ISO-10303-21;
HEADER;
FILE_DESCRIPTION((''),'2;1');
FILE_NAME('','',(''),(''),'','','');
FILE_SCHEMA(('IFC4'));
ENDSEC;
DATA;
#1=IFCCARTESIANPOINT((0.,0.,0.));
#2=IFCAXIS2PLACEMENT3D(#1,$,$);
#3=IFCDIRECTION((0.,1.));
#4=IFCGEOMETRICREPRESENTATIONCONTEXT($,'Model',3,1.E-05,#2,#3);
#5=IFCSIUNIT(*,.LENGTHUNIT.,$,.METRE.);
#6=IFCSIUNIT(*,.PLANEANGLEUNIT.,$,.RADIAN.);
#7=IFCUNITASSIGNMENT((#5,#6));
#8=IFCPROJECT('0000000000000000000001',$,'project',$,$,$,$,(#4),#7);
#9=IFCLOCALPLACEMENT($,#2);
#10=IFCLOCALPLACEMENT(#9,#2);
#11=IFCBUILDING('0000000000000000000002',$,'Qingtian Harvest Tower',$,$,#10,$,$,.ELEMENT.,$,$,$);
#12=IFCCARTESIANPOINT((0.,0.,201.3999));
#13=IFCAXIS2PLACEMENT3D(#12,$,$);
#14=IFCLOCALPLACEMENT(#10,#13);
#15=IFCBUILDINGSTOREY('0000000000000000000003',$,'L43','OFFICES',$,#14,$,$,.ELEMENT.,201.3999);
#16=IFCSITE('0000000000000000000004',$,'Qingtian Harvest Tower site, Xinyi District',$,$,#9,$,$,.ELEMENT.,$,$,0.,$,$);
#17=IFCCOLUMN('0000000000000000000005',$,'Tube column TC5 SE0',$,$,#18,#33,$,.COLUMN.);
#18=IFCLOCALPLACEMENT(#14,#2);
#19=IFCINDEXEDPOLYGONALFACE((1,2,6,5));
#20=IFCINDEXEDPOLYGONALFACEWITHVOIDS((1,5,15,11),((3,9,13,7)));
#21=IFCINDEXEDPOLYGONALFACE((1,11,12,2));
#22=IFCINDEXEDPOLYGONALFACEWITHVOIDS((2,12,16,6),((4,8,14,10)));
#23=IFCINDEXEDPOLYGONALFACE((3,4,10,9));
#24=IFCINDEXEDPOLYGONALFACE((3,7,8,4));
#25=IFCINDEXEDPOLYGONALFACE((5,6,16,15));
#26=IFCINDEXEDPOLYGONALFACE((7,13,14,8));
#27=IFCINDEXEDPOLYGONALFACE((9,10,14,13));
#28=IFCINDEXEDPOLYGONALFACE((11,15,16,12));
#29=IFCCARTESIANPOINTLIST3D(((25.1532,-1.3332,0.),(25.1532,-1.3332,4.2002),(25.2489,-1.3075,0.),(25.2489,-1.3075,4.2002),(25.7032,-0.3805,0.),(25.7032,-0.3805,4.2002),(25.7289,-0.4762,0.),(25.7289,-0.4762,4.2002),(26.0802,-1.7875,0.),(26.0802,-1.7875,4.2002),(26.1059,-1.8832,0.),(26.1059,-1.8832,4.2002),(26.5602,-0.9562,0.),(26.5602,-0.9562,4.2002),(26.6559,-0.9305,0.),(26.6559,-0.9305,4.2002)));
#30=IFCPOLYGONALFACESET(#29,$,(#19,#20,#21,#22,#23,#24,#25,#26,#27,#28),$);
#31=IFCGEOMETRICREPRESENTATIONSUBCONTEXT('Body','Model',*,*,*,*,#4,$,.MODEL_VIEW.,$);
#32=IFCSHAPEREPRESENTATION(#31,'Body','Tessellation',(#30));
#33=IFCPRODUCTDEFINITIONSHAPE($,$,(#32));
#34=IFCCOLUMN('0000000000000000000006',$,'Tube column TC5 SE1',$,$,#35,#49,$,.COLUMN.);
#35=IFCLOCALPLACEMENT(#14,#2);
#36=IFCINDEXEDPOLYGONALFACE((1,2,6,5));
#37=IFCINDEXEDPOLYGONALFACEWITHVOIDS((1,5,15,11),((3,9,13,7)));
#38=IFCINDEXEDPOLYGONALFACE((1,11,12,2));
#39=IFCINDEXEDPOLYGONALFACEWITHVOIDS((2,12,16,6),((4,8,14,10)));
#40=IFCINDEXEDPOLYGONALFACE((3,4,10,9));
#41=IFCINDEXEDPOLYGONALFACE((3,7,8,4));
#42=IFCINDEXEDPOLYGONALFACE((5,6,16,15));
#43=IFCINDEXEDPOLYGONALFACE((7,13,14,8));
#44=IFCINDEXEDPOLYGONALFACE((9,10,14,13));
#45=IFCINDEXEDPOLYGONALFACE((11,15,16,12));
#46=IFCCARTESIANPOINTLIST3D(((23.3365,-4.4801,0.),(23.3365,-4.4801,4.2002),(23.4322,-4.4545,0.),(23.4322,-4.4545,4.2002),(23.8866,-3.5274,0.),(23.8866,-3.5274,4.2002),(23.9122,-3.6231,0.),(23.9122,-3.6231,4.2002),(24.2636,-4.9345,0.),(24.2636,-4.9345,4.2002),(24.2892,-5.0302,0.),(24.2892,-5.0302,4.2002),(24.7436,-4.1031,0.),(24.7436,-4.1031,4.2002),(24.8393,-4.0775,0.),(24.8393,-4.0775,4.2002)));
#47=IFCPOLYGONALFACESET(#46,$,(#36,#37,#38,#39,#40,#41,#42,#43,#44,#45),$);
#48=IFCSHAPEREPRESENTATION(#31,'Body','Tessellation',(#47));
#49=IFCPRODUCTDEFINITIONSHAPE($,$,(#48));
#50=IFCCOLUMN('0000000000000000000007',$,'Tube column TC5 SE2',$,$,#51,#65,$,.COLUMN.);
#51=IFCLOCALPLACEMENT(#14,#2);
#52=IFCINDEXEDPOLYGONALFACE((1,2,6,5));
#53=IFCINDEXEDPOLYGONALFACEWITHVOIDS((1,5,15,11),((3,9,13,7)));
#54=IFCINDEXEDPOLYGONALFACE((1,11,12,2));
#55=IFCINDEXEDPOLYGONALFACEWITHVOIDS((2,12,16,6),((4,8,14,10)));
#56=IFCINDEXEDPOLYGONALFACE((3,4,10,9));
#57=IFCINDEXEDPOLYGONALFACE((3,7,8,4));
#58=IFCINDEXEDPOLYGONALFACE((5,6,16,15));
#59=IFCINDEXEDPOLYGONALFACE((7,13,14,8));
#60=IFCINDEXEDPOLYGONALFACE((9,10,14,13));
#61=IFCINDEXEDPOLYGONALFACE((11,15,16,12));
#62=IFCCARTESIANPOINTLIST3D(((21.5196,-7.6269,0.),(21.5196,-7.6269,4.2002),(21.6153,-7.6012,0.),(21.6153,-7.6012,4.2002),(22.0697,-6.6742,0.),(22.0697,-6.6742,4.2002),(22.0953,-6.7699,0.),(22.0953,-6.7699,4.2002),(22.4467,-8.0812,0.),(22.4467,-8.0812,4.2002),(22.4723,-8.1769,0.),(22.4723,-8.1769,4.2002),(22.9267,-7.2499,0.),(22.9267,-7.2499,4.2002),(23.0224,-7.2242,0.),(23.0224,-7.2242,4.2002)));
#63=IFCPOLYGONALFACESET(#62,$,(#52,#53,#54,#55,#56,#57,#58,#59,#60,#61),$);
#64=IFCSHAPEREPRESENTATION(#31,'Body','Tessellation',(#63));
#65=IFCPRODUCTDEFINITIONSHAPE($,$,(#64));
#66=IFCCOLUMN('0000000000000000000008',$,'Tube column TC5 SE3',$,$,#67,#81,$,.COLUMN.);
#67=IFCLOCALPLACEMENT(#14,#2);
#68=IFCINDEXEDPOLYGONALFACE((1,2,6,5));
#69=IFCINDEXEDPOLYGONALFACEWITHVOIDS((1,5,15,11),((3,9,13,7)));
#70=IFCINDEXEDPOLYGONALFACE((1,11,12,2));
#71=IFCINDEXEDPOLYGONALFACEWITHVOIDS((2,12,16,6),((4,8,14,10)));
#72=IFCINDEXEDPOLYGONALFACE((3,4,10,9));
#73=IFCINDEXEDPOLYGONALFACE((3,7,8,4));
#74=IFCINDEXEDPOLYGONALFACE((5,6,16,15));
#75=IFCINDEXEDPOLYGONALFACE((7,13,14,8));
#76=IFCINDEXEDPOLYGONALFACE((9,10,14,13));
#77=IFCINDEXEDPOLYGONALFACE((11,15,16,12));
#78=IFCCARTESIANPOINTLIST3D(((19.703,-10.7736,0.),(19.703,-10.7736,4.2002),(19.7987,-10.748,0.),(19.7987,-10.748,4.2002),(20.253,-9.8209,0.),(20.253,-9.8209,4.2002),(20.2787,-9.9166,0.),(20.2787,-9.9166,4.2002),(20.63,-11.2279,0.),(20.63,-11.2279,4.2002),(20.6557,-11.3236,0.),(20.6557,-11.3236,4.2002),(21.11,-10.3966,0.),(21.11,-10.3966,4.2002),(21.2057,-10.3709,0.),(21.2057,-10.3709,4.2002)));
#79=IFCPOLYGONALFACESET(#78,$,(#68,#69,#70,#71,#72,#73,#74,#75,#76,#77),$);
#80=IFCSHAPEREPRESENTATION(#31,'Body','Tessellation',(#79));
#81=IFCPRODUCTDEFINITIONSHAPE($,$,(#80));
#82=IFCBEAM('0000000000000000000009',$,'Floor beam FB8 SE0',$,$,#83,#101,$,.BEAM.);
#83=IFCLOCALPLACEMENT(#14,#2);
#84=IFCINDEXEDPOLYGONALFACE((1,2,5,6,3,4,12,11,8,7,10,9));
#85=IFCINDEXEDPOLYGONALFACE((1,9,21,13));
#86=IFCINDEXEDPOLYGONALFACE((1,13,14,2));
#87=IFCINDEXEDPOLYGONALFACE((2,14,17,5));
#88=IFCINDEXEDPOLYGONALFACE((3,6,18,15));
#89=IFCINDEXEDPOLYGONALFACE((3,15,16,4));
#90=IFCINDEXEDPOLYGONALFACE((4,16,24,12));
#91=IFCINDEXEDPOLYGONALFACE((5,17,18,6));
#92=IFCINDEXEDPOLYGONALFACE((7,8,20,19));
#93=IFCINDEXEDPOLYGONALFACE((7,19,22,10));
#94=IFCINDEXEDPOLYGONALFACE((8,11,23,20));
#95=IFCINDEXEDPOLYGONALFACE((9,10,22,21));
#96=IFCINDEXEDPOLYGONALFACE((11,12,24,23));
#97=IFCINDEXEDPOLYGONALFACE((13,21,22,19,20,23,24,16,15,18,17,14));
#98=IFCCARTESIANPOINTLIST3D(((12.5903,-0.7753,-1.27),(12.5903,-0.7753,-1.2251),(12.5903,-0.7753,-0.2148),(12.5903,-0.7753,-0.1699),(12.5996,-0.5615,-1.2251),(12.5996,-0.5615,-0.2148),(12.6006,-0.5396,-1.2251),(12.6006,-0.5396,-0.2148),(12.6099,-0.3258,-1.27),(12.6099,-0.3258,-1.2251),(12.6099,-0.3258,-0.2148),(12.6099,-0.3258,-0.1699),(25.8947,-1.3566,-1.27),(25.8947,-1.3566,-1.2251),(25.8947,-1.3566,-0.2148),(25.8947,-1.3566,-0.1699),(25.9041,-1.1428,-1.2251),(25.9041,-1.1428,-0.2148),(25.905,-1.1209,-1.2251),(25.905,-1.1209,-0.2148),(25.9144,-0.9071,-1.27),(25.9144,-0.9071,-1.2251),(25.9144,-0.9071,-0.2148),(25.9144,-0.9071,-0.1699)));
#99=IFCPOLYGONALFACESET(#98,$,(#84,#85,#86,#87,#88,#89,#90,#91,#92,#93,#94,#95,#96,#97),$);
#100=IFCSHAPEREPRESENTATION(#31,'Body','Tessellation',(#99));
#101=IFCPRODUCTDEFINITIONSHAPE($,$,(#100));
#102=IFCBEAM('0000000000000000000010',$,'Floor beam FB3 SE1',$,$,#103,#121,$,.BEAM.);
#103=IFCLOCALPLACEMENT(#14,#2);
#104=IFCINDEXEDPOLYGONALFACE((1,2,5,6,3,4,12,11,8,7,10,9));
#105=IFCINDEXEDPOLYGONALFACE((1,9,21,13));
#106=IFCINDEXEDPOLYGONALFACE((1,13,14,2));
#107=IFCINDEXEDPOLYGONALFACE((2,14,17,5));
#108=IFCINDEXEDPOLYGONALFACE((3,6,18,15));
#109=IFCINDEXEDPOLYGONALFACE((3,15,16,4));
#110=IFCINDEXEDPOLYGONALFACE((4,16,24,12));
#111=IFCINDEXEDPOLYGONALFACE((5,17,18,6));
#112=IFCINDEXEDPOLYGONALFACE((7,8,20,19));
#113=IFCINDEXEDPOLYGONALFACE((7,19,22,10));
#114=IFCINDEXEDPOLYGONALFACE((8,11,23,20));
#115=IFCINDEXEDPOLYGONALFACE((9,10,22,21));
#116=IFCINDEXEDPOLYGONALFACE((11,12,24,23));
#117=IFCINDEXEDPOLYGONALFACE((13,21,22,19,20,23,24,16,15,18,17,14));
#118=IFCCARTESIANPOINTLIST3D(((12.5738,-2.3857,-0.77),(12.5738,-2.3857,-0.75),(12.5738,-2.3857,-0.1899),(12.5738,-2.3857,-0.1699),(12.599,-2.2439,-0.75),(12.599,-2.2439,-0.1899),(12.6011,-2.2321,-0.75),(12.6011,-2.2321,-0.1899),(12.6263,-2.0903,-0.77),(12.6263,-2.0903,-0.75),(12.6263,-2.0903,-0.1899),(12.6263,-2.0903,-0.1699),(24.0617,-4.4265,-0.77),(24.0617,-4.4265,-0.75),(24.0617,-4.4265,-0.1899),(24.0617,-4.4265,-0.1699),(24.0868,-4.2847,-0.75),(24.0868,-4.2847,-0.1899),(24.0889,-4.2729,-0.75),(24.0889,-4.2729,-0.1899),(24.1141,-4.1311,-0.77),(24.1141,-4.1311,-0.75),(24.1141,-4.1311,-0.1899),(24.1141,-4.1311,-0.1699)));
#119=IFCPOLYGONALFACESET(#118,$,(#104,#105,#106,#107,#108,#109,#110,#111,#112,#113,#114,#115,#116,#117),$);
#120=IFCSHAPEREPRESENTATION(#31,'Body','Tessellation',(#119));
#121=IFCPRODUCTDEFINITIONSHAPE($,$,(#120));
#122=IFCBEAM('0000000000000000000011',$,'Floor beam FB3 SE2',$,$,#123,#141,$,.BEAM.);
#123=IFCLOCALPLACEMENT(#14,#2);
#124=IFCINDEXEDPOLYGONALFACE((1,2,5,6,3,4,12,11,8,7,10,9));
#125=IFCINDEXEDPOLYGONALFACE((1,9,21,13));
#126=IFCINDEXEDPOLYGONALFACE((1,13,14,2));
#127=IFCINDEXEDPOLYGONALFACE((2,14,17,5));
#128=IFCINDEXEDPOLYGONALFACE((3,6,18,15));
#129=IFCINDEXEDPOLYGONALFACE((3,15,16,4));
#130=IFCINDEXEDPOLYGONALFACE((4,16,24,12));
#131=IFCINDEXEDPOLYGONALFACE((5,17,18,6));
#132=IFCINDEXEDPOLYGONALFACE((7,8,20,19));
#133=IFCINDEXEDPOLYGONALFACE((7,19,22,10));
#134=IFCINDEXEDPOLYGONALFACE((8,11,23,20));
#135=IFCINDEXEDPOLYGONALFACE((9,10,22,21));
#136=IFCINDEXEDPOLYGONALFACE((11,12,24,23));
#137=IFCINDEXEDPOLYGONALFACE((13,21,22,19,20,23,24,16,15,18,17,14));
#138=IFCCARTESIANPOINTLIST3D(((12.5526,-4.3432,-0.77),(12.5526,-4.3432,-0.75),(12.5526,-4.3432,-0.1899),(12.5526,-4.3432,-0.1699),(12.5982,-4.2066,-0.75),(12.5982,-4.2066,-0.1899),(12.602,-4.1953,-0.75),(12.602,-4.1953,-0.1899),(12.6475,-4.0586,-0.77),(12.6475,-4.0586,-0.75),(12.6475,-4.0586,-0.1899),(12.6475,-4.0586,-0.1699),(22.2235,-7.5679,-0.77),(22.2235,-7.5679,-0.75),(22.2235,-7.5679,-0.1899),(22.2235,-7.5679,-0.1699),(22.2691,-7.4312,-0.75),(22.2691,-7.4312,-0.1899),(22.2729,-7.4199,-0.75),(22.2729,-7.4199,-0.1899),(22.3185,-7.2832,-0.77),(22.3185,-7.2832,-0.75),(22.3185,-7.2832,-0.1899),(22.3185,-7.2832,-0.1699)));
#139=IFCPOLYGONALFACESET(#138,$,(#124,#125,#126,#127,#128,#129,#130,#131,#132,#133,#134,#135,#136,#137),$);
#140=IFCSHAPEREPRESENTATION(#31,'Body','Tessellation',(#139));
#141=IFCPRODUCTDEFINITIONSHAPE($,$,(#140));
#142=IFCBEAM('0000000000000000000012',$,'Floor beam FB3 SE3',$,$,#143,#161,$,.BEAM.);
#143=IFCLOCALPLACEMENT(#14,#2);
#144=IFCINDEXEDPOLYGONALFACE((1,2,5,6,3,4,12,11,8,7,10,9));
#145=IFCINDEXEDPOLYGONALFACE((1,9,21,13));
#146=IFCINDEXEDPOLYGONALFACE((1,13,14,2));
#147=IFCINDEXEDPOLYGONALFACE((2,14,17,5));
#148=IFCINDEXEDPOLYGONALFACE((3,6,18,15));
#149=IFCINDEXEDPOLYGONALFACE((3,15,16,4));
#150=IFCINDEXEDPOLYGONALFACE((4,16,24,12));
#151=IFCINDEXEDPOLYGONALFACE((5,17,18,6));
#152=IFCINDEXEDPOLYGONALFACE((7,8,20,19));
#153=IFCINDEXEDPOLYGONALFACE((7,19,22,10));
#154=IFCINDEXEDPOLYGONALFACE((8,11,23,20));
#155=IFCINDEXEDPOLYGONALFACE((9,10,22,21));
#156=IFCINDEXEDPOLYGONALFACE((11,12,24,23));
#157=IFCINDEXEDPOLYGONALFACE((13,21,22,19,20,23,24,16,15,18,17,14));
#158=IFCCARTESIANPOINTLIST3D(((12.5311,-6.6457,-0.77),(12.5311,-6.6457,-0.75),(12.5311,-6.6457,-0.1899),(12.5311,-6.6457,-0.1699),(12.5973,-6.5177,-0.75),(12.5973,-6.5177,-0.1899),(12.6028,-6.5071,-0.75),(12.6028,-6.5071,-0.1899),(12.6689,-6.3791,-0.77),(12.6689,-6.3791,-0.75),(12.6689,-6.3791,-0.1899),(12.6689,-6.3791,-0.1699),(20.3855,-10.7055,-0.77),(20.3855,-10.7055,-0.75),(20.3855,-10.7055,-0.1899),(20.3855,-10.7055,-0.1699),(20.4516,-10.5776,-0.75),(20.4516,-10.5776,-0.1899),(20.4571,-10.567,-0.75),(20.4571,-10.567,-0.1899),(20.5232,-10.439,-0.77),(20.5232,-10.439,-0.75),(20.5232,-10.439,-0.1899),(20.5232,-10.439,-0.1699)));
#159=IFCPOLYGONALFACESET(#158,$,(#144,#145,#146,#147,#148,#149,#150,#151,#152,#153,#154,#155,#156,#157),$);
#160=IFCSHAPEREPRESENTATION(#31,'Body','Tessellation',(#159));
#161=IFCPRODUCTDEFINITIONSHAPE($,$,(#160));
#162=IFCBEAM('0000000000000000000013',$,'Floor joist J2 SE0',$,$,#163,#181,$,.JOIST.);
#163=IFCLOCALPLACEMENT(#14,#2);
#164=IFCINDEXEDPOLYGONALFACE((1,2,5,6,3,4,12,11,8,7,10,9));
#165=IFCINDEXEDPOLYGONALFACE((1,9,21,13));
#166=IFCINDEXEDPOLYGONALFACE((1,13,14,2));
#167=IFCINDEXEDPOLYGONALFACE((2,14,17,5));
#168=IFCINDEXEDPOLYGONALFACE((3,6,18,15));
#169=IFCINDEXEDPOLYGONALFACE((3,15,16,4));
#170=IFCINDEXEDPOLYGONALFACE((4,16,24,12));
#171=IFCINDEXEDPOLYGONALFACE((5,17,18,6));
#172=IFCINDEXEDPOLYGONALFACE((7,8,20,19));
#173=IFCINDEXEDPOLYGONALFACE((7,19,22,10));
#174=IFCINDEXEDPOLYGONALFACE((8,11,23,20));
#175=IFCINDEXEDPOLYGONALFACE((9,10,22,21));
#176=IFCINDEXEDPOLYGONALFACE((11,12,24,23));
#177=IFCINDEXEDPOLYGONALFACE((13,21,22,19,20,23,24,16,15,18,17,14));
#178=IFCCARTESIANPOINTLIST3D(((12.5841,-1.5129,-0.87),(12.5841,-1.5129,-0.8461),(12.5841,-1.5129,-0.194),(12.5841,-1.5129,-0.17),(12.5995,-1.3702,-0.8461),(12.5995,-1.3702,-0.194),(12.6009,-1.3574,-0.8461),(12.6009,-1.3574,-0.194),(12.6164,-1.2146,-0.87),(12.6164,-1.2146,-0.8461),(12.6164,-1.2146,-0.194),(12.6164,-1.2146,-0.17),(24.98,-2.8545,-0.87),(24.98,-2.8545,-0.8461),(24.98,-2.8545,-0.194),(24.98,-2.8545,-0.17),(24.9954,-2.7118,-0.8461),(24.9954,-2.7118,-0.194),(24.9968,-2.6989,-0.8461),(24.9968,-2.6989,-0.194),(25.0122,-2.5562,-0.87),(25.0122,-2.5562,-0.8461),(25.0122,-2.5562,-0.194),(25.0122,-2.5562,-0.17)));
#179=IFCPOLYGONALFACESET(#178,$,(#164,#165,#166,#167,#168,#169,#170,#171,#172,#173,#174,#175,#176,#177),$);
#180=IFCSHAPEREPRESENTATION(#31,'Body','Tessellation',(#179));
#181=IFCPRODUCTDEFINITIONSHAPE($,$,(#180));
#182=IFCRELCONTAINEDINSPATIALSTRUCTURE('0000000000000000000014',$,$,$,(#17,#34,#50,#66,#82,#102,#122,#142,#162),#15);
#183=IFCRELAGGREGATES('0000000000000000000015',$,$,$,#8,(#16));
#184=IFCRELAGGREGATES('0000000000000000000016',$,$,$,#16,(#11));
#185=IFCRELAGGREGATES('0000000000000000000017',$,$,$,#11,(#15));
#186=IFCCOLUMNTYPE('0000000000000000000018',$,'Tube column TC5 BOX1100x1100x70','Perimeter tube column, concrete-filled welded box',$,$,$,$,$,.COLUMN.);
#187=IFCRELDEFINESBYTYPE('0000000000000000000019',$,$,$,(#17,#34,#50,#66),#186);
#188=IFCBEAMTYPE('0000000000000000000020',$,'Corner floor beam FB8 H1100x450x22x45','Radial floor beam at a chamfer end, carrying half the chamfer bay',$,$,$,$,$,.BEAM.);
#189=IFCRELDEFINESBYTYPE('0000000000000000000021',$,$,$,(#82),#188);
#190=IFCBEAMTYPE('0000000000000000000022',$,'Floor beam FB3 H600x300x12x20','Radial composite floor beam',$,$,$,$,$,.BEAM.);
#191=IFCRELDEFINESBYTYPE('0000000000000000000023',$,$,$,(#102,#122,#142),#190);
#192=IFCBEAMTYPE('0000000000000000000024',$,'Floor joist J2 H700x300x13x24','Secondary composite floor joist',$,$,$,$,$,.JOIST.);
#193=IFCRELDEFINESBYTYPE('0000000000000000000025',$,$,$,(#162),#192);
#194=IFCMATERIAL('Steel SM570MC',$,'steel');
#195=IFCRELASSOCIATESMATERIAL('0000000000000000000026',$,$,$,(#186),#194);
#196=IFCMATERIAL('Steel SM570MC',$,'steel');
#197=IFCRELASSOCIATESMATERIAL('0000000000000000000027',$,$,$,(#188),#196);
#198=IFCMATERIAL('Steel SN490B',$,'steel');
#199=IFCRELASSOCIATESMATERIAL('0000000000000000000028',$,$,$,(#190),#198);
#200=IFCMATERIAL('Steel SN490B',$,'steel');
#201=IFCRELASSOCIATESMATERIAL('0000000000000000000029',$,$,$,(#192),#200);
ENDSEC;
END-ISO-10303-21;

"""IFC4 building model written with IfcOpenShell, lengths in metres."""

from ifc_helpers import new_model, si_unit, direction, frame, origin, origin_2d, place, context, subcontext, project, spatial, hollow_rectangle, i_section, extrude, material, material_profile, profile_set, type_object, element, save


model = new_model("IFC4")

# Units and contexts
model_context = context("Model", 3, precision=1e-05, world=origin(), true_north=direction((0.0, 1.0)))
body_context = subcontext(model_context, "Body", "Model", "MODEL_VIEW")
ifc_project = project(units=[si_unit("LENGTHUNIT", "METRE"), si_unit("PLANEANGLEUNIT", "RADIAN")], contexts=[model_context])

# Site, building, storey
site_placement = place(None, origin())
site = spatial("IfcSite", under=ifc_project, at=site_placement, Name="Qingtian Harvest Tower site, Xinyi District", CompositionType="ELEMENT", RefElevation=0.0)
building_placement = place(site_placement, origin())
building = spatial("IfcBuilding", under=site, at=building_placement, Name="Qingtian Harvest Tower", CompositionType="ELEMENT")
storey_placement = place(building_placement, frame((0.0, 0.0, 201.3999)))
storey = spatial("IfcBuildingStorey", under=building, at=storey_placement, Name="L43", Description="OFFICES", CompositionType="ELEMENT", Elevation=201.3999)

# Columns
ifc_material_1 = material(Name="Steel SM570MC", Category="steel")
ifc_material_profile_1 = material_profile(ifc_material_1, hollow_rectangle(XDim=1.1001, YDim=1.1001, WallThickness=0.0701, at=origin_2d()), Name="BOX1100x1100x70")
ifc_profile_set_1 = profile_set([ifc_material_profile_1], Name="Steel SM570MC")
column_type = type_object("IfcColumnType", Name="Tube column TC5 BOX1100x1100x70", Description="Perimeter tube column, concrete-filled welded box", PredefinedType="COLUMN", material=ifc_profile_set_1)
for number, where, z_axis, x_axis, name in (
    (1, (25.9045, -1.1318, 0.0), (0.0, 0.0, 1.0), (0.5, 0.866025, 0.0), "Tube column TC5 SE0"),
    (2, (24.0879, -4.2788, 0.0), (0.0, 0.0, 1.0), (0.5, 0.866025, 0.0), "Tube column TC5 SE1"),
    (3, (22.271, -7.4255, 0.0), (0.0, 0.0, 1.0), (0.5, 0.866025, 0.0), "Tube column TC5 SE2"),
    (4, (20.4543, -10.5723, 0.0), (0.0, 0.0, 1.0), (0.5, 0.866025, 0.0), "Tube column TC5 SE3"),
):
    element("IfcColumn", number, at=place(storey_placement, frame(where, z_axis=z_axis, x_axis=x_axis)), inside=storey, type_object=column_type, Name=name, PredefinedType="COLUMN", context=body_context, shape_type="SweptSolid", body=[
        extrude(hollow_rectangle(XDim=1.1001, YDim=1.1001, WallThickness=0.0701, at=origin_2d()), origin(), (0.0, 0.0, 1.0), 4.2002),
    ])

# Beams
ifc_material_2 = material(Name="Steel SM570MC", Category="steel")
ifc_material_profile_2 = material_profile(ifc_material_2, i_section(OverallWidth=0.45, OverallDepth=1.1001, WebThickness=0.022, FlangeThickness=0.0449, at=origin_2d()), Name="H1100x450x22x45")
ifc_profile_set_2 = profile_set([ifc_material_profile_2], Name="Steel SM570MC")
beam_type_1 = type_object("IfcBeamType", Name="Corner floor beam FB8 H1100x450x22x45", Description="Radial floor beam at a chamfer end, carrying half the chamfer bay", PredefinedType="BEAM", material=ifc_profile_set_2)
beam_1_placement = place(storey_placement, frame((25.9045, -1.1318, -0.72), z_axis=(-0.999047, 0.04365, 0.0), x_axis=(-0.04365, -0.999047, 0.0)))
element("IfcBeam", 5, at=beam_1_placement, inside=storey, type_object=beam_type_1, Name="Floor beam FB8 SE0", PredefinedType="BEAM", context=body_context, shape_type="SweptSolid", body=[
    extrude(i_section(OverallWidth=0.45, OverallDepth=1.1001, WebThickness=0.022, FlangeThickness=0.0449, at=origin_2d()), origin(), (0.0, 0.0, 1.0), 13.3171),
])
ifc_material_3 = material(Name="Steel SN490B", Category="steel")
ifc_material_profile_3 = material_profile(ifc_material_3, i_section(OverallWidth=0.3, OverallDepth=0.6001, WebThickness=0.012, FlangeThickness=0.02, at=origin_2d()), Name="H600x300x12x20")
ifc_profile_set_3 = profile_set([ifc_material_profile_3], Name="Steel SN490B")
beam_type_2 = type_object("IfcBeamType", Name="Floor beam FB3 H600x300x12x20", Description="Radial composite floor beam", PredefinedType="BEAM", material=ifc_profile_set_3)
beam_2_placement = place(storey_placement, frame((24.0879, -4.2788, -0.47), z_axis=(-0.984585, 0.174908, 0.0), x_axis=(-0.174908, -0.984585, 0.0)))
element("IfcBeam", 6, at=beam_2_placement, inside=storey, type_object=beam_type_2, Name="Floor beam FB3 SE1", PredefinedType="BEAM", context=body_context, shape_type="SweptSolid", body=[
    extrude(i_section(OverallWidth=0.3, OverallDepth=0.6001, WebThickness=0.012, FlangeThickness=0.02, at=origin_2d()), origin(), (0.0, 0.0, 1.0), 11.6677),
])
beam_3_placement = place(storey_placement, frame((22.271, -7.4255, -0.47), z_axis=(-0.948655, 0.316314, 0.0), x_axis=(-0.316314, -0.948655, 0.0)))
element("IfcBeam", 7, at=beam_3_placement, inside=storey, type_object=beam_type_2, Name="Floor beam FB3 SE2", PredefinedType="BEAM", context=body_context, shape_type="SweptSolid", body=[
    extrude(i_section(OverallWidth=0.3, OverallDepth=0.6001, WebThickness=0.012, FlangeThickness=0.02, at=origin_2d()), origin(), (0.0, 0.0, 1.0), 10.1943),
])
beam_4_placement = place(storey_placement, frame((20.4543, -10.5723, -0.47), z_axis=(-0.888344, 0.45918, 0.0), x_axis=(-0.45918, -0.888344, 0.0)))
element("IfcBeam", 8, at=beam_4_placement, inside=storey, type_object=beam_type_2, Name="Floor beam FB3 SE3", PredefinedType="BEAM", context=body_context, shape_type="SweptSolid", body=[
    extrude(i_section(OverallWidth=0.3, OverallDepth=0.6001, WebThickness=0.012, FlangeThickness=0.02, at=origin_2d()), origin(), (0.0, 0.0, 1.0), 8.8416),
])
ifc_material_4 = material(Name="Steel SN490B", Category="steel")
ifc_material_profile_4 = material_profile(ifc_material_4, i_section(OverallWidth=0.3, OverallDepth=0.7, WebThickness=0.0129, FlangeThickness=0.0239, at=origin_2d()), Name="H700x300x13x24")
ifc_profile_set_4 = profile_set([ifc_material_profile_4], Name="Steel SN490B")
beam_type_3 = type_object("IfcBeamType", Name="Floor joist J2 H700x300x13x24", Description="Secondary composite floor joist", PredefinedType="JOIST", material=ifc_profile_set_4)
beam_5_placement = place(storey_placement, frame((24.9961, -2.7053, -0.52), z_axis=(-0.994195, 0.107596, 0.0), x_axis=(-0.107596, -0.994195, 0.0)))
element("IfcBeam", 9, at=beam_5_placement, inside=storey, type_object=beam_type_3, Name="Floor joist J2 SE0", PredefinedType="JOIST", context=body_context, shape_type="SweptSolid", body=[
    extrude(i_section(OverallWidth=0.3, OverallDepth=0.7, WebThickness=0.0129, FlangeThickness=0.0239, at=origin_2d()), origin(), (0.0, 0.0, 1.0), 12.4683),
])

save(model, "model.ifc")
